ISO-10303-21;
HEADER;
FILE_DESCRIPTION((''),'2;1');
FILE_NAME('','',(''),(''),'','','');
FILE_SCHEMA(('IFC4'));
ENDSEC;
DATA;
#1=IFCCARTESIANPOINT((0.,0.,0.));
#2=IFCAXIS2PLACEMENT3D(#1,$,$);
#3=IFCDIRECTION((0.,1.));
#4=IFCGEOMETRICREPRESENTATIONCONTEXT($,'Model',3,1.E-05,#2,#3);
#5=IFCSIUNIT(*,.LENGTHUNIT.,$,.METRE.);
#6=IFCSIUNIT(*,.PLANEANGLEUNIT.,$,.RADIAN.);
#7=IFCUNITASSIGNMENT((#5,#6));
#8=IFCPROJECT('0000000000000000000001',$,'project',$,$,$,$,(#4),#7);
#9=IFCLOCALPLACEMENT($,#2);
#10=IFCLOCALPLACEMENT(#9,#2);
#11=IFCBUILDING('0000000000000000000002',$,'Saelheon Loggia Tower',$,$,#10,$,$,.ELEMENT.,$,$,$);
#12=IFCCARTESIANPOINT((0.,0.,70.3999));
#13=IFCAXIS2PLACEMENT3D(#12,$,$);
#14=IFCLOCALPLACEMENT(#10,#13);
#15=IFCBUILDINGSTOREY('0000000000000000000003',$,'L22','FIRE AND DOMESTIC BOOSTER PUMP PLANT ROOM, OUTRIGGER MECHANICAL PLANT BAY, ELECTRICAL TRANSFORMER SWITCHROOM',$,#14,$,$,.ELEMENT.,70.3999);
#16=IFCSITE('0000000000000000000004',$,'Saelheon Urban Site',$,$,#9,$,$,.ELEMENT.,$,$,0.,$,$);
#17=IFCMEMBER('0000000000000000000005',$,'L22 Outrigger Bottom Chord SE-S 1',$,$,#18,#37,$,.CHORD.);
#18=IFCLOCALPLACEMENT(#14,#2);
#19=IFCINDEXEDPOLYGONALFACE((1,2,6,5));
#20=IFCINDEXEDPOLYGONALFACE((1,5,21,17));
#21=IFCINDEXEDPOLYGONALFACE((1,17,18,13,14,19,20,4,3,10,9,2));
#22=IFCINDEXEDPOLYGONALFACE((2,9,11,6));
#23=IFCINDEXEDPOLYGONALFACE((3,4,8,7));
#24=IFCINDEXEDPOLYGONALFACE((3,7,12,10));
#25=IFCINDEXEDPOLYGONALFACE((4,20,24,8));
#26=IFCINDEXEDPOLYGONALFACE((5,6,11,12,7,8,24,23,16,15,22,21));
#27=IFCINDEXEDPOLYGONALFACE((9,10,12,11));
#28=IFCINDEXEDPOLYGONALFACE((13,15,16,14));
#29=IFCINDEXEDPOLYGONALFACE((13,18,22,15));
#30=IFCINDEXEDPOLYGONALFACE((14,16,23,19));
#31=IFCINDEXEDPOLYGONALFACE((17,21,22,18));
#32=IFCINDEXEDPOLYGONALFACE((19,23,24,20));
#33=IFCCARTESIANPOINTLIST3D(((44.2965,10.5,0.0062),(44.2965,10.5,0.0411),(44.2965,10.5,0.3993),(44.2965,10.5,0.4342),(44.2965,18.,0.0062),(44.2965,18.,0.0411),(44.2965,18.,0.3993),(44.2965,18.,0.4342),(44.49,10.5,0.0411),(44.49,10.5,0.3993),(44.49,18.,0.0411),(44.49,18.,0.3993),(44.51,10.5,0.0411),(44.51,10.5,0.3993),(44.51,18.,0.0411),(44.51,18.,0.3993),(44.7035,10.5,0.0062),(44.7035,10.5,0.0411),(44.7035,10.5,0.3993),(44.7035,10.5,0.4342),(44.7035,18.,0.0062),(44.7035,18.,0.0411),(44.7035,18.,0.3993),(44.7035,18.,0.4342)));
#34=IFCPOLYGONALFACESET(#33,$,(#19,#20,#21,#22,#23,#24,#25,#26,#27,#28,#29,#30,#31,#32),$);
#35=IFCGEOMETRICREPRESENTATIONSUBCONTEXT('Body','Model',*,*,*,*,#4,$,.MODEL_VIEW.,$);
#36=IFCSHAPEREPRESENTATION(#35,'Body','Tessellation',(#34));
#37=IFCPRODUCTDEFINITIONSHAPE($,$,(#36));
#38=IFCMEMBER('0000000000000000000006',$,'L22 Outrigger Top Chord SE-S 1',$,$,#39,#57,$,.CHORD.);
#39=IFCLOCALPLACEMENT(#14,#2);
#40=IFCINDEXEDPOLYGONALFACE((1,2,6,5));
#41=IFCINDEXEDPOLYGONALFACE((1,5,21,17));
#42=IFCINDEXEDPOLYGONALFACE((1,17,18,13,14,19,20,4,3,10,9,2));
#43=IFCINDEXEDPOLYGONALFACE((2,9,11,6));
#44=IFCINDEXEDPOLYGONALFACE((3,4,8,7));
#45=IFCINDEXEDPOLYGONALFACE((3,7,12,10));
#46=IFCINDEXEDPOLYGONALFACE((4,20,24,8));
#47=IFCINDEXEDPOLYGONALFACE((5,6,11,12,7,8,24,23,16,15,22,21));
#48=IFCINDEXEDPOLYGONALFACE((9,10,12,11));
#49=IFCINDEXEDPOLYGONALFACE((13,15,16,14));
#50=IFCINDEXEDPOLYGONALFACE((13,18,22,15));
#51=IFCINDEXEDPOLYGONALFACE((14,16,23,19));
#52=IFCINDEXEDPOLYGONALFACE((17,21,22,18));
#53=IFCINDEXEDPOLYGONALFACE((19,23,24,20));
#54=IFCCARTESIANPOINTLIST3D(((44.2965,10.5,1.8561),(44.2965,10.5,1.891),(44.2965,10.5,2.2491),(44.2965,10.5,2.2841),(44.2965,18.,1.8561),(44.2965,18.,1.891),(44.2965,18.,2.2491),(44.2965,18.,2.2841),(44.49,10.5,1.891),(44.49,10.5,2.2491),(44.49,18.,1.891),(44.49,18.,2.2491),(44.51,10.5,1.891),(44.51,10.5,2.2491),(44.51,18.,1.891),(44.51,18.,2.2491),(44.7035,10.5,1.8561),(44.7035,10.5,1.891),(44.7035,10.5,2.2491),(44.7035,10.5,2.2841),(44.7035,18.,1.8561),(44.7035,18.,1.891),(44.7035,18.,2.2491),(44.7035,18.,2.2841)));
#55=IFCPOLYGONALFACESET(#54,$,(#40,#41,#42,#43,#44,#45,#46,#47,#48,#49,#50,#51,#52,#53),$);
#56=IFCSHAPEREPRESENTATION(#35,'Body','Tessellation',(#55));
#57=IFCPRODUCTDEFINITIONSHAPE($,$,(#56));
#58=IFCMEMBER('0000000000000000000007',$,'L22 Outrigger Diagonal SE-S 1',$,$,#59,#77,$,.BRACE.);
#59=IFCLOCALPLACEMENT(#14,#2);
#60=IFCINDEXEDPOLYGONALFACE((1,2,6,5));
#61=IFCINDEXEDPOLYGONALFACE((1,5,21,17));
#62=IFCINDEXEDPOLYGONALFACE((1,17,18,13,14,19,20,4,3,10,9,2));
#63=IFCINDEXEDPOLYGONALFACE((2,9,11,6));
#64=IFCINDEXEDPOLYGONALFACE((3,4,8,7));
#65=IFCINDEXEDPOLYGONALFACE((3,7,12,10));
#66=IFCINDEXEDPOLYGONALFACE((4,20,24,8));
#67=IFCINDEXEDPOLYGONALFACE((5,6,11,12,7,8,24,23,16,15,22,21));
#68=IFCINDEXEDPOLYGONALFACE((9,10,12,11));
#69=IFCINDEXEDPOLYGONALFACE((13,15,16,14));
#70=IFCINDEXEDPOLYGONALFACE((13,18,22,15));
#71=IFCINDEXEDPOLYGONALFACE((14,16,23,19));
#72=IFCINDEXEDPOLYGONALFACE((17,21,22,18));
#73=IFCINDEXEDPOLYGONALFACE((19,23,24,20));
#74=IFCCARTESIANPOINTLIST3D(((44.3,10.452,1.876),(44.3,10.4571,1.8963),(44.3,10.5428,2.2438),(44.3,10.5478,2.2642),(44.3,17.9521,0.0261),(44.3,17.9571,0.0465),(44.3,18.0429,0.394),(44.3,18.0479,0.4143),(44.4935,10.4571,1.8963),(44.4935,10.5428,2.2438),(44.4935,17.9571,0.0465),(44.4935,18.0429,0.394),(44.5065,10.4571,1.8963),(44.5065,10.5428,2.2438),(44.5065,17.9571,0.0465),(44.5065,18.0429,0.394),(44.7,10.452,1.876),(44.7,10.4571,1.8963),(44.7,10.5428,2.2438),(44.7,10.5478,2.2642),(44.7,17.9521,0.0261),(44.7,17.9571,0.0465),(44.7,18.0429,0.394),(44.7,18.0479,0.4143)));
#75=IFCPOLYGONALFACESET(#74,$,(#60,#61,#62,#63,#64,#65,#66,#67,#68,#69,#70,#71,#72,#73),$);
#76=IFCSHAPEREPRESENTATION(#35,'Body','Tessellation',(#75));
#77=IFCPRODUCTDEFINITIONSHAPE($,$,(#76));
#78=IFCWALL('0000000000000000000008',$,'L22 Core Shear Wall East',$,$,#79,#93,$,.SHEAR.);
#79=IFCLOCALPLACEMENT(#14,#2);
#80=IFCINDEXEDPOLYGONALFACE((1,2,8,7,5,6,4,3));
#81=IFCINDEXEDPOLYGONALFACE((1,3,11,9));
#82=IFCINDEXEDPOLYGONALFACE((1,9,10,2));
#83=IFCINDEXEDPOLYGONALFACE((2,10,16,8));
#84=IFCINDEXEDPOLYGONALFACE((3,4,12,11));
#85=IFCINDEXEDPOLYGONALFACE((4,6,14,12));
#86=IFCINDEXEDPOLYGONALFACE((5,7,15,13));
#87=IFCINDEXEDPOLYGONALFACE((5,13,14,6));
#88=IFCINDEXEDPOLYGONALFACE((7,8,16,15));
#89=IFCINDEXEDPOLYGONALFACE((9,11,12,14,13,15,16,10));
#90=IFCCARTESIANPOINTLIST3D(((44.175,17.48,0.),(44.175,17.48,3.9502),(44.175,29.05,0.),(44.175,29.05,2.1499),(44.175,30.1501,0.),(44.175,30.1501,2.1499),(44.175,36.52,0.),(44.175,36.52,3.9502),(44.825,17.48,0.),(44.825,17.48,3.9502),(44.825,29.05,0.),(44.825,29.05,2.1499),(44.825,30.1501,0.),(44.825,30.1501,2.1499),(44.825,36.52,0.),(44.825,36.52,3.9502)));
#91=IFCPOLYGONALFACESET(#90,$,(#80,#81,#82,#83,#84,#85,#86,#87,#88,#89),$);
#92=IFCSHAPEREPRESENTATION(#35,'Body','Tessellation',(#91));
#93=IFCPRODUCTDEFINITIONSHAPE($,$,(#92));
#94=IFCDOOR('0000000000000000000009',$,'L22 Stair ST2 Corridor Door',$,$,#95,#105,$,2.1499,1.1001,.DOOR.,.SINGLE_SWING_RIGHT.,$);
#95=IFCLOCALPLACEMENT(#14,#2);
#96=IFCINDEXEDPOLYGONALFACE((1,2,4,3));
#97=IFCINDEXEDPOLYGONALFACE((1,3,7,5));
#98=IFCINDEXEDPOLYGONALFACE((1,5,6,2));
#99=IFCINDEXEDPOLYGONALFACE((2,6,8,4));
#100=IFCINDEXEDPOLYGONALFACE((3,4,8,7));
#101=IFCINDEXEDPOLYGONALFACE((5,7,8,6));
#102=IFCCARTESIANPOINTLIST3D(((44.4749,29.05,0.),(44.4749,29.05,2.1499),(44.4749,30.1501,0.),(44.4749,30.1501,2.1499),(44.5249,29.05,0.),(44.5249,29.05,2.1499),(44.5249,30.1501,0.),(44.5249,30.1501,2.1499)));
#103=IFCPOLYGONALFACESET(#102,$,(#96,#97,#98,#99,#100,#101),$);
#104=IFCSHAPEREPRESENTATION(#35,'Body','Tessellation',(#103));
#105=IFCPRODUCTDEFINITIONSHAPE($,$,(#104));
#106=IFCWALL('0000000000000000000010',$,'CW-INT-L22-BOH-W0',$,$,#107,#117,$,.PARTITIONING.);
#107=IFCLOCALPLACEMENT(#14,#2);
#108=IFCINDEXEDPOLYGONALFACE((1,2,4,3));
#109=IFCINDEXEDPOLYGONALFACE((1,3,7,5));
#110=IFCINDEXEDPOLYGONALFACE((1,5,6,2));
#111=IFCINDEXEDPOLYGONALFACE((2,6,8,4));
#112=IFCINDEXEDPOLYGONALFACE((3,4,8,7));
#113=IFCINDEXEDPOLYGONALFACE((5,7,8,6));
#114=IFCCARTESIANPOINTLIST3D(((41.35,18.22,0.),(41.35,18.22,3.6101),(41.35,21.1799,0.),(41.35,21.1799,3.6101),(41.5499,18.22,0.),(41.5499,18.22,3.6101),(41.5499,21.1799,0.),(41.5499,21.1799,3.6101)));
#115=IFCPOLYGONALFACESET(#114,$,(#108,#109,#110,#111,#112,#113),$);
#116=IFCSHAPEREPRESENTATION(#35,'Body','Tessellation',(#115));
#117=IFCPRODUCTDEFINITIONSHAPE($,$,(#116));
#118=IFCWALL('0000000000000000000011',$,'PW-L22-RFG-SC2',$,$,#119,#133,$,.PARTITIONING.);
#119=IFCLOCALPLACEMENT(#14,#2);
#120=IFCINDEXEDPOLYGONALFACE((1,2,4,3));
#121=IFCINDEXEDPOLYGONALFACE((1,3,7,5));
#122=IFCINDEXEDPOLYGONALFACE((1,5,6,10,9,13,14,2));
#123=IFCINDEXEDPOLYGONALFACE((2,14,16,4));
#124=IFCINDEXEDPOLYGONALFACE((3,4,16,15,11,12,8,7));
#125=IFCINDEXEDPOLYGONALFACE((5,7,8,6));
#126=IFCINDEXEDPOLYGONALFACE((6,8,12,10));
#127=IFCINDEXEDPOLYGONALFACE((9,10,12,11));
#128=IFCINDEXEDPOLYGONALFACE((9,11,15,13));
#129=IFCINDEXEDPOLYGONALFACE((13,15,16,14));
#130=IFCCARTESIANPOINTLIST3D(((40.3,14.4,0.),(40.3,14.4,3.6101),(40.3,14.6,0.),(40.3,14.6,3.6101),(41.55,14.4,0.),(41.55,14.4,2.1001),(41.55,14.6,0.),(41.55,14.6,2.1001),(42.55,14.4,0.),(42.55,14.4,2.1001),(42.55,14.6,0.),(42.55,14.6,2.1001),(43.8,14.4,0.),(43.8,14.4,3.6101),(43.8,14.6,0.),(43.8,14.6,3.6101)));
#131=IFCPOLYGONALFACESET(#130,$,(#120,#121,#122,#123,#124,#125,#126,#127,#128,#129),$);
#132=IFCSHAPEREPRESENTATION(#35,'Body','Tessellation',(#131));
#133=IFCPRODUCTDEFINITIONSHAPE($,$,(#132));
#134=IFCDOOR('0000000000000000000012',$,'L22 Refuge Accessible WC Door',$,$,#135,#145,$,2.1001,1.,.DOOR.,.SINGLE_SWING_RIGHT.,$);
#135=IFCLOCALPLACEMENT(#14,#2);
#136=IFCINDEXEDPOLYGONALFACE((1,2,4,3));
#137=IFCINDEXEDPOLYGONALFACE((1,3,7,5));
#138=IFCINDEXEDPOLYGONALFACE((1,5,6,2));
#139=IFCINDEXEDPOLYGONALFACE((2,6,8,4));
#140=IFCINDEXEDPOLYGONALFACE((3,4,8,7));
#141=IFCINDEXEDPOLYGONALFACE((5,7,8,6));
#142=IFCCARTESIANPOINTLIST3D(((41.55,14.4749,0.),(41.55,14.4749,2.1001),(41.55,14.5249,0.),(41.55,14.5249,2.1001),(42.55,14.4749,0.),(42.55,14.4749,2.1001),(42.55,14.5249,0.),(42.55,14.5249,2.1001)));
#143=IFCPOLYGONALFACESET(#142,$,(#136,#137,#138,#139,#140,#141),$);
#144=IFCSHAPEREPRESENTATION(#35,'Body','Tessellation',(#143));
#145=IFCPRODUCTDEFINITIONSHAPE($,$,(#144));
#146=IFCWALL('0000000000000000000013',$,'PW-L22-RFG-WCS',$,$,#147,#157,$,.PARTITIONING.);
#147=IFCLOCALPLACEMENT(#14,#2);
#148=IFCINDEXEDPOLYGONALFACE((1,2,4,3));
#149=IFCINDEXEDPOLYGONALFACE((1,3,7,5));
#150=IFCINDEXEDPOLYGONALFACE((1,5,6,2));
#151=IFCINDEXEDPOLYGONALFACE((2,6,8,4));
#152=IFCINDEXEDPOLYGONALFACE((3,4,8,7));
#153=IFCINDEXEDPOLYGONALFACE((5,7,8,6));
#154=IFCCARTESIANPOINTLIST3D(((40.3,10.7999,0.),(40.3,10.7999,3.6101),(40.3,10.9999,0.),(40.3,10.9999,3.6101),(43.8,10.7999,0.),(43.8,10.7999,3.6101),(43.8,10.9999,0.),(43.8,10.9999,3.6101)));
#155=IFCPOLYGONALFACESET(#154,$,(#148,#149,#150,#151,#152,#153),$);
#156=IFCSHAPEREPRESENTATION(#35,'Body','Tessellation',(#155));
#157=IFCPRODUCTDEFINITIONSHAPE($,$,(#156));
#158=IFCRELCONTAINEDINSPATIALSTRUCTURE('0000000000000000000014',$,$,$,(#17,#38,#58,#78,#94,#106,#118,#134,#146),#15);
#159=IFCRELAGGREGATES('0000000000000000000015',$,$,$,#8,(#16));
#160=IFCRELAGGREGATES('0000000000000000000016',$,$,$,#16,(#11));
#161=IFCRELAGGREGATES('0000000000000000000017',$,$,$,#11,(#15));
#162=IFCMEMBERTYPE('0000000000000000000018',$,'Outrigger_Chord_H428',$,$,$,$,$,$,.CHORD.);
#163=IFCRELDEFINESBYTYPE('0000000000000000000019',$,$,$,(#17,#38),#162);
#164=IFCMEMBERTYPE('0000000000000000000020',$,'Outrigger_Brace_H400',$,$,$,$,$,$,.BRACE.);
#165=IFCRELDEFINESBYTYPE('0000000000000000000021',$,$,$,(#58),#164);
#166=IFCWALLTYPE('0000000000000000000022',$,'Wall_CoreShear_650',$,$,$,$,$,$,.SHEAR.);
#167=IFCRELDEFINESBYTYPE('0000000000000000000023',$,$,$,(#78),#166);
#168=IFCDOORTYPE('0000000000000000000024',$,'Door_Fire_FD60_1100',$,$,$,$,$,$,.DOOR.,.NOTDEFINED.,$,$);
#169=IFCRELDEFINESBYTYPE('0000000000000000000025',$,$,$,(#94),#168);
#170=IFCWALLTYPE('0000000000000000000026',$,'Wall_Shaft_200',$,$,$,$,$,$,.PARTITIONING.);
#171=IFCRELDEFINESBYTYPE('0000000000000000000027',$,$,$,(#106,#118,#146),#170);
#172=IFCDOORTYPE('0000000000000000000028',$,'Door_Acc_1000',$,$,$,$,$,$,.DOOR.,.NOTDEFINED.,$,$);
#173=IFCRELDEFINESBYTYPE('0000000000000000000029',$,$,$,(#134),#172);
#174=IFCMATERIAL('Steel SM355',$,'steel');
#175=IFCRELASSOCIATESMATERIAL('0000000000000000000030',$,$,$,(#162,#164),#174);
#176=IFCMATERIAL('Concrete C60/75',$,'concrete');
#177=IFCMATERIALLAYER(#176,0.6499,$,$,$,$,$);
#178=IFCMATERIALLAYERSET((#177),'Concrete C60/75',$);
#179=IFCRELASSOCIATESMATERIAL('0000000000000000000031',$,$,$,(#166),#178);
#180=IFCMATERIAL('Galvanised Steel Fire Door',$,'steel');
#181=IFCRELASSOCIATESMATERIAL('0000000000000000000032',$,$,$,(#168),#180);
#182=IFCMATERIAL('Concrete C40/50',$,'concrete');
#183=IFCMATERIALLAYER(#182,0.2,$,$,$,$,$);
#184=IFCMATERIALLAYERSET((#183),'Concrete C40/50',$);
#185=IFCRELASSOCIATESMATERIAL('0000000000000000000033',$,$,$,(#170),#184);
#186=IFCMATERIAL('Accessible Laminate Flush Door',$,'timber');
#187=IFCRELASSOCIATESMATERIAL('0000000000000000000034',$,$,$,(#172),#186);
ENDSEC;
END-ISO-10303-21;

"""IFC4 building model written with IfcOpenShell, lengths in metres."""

from ifc_helpers import new_model, si_unit, direction, frame, frame_2d, origin, origin_2d, place, context, subcontext, project, spatial, rectangle, i_section, extrude, source, transform, mapped, material, layer, layer_set, material_profile, profile_set, type_object, element, fill, save


model = new_model("IFC4")

# Units and contexts
model_context = context("Model", 3, precision=1e-05, world=origin(), true_north=direction((0.0, 1.0)))
body_context = subcontext(model_context, "Body", "Model", "MODEL_VIEW")
ifc_project = project(units=[si_unit("LENGTHUNIT", "METRE"), si_unit("PLANEANGLEUNIT", "RADIAN")], contexts=[model_context])

# Site, building, storey
site_placement = place(None, origin())
site = spatial("IfcSite", under=ifc_project, at=site_placement, Name="Saelheon Urban Site", CompositionType="ELEMENT", RefElevation=0.0)
building_placement = place(site_placement, origin())
building = spatial("IfcBuilding", under=site, at=building_placement, Name="Saelheon Loggia Tower", CompositionType="ELEMENT")
storey_placement = place(building_placement, frame((0.0, 0.0, 70.3999)))
storey = spatial("IfcBuildingStorey", under=building, at=storey_placement, Name="L22", Description="FIRE AND DOMESTIC BOOSTER PUMP PLANT ROOM, OUTRIGGER MECHANICAL PLANT BAY, ELECTRICAL TRANSFORMER SWITCHROOM", CompositionType="ELEMENT", Elevation=70.3999)

# Members
ifc_material_1 = material(Name="Steel SM355", Category="steel")
ifc_material_profile_1 = material_profile(ifc_material_1, i_section(OverallWidth=0.407, OverallDepth=0.428, WebThickness=0.02, FlangeThickness=0.0349, at=origin_2d()), Name="H-428x407x20x35")
ifc_profile_set_1 = profile_set([ifc_material_profile_1], Name="Steel SM355")
member_type_1 = type_object("IfcMemberType", Name="Outrigger_Chord_H428", PredefinedType="CHORD", material=ifc_profile_set_1)
shared_shape_1 = source(origin(), body_context, "Body", "SweptSolid", [
    extrude(i_section(OverallWidth=0.407, OverallDepth=0.428, WebThickness=0.02, FlangeThickness=0.0349, at=origin_2d()), origin(), (0.0, 0.0, 1.0), 7.5),
])
for number, where, z_axis, x_axis, name in (
    (1, (44.5, 18.0, 0.2202), (0.0, -1.0, 0.0), (1.0, 0.0, 0.0), "L22 Outrigger Bottom Chord SE-S 1"),
    (2, (44.5, 18.0, 2.0701), (0.0, -1.0, 0.0), (1.0, 0.0, 0.0), "L22 Outrigger Top Chord SE-S 1"),
):
    element("IfcMember", number, at=place(storey_placement, frame(where, z_axis=z_axis, x_axis=x_axis)), inside=storey, type_object=member_type_1, Name=name, PredefinedType="CHORD", context=body_context, shape_type="MappedRepresentation", body=[
        mapped(shared_shape_1, transform((0.0, 0.0, 0.0), scale=1.0)),
    ])
ifc_material_profile_2 = material_profile(ifc_material_1, i_section(OverallWidth=0.3999, OverallDepth=0.3999, WebThickness=0.0129, FlangeThickness=0.021, at=origin_2d()), Name="H-400x400x13x21")
ifc_profile_set_2 = profile_set([ifc_material_profile_2], Name="Steel SM355")
member_type_2 = type_object("IfcMemberType", Name="Outrigger_Brace_H400", PredefinedType="BRACE", material=ifc_profile_set_2)
shared_shape_2 = source(origin(), body_context, "Body", "SweptSolid", [
    extrude(i_section(OverallWidth=0.3999, OverallDepth=0.3999, WebThickness=0.0129, FlangeThickness=0.021, at=origin_2d()), origin(), (0.0, 0.0, 1.0), 7.7249),
])
member_placement = place(storey_placement, frame((44.5, 18.0, 0.2202), z_axis=(0.0, -0.970904, 0.239471), x_axis=(1.0, 0.0, 0.0)))
element("IfcMember", 3, at=member_placement, inside=storey, type_object=member_type_2, Name="L22 Outrigger Diagonal SE-S 1", PredefinedType="BRACE", context=body_context, shape_type="MappedRepresentation", body=[
    mapped(shared_shape_2, transform((0.0, 0.0, 0.0), scale=1.0)),
])

# Wall, opening, door
ifc_material_2 = material(Name="Concrete C60/75", Category="concrete")
ifc_layer_1 = layer(ifc_material_2, 0.6499)
ifc_layer_set_1 = layer_set([ifc_layer_1], Name="Concrete C60/75")
wall_type_1 = type_object("IfcWallType", Name="Wall_CoreShear_650", PredefinedType="SHEAR", material=ifc_layer_set_1)
wall_1_placement = place(storey_placement, frame((44.5, 17.48, 0.0), z_axis=(0.0, 0.0, 1.0), x_axis=(0.0, 1.0, 0.0)))
wall_1 = element("IfcWall", 4, at=wall_1_placement, inside=storey, type_object=wall_type_1, Name="L22 Core Shear Wall East", PredefinedType="SHEAR", context=body_context, shape_type="SweptSolid", body=[
    extrude(rectangle(XDim=19.04, YDim=0.6499, at=frame_2d((9.52, 0.0))), origin(), (0.0, 0.0, 1.0), 3.9502),
])
opening_1_placement = place(wall_1_placement, frame((12.6702, 0.0, 0.0), z_axis=(0.0, 0.0, 1.0), x_axis=(-1.0, 0.0, 0.0)))
opening_1 = element("IfcOpeningElement", 5, at=opening_1_placement, cuts=wall_1, PredefinedType="OPENING", context=body_context, shape_type="SweptSolid", body=[
    extrude(rectangle(XDim=1.1001, YDim=2.1499, at=frame_2d((0.55, 1.075))), frame((0.0, 0.3369, 0.0), z_axis=(0.0, -1.0, 0.0), x_axis=(1.0, 0.0, 0.0)), (0.0, 0.0, 1.0), 0.6738),
])
ifc_material_3 = material(Name="Galvanised Steel Fire Door", Category="steel")
door_type_1 = type_object("IfcDoorType", Name="Door_Fire_FD60_1100", OperationType="NOTDEFINED", PredefinedType="DOOR", material=ifc_material_3)
shared_shape_3 = source(origin(), body_context, "Body", "SweptSolid", [
    extrude(rectangle(XDim=1.1001, YDim=2.1499, at=frame_2d((0.55, 1.075))), frame((0.0, 0.0249, 0.0), z_axis=(0.0, -1.0, 0.0), x_axis=(1.0, 0.0, 0.0)), (0.0, 0.0, 1.0), 0.05),
])
door_1_placement = place(opening_1_placement, origin())
door_1 = element("IfcDoor", 6, at=door_1_placement, inside=storey, type_object=door_type_1, Name="L22 Stair ST2 Corridor Door", OperationType="SINGLE_SWING_RIGHT", OverallHeight=2.1499, OverallWidth=1.1001, PredefinedType="DOOR", context=body_context, shape_type="MappedRepresentation", body=[
    mapped(shared_shape_3, transform((0.0, 0.0, 0.0), scale=1.0)),
])
fill(opening_1, door_1)

# Wall
ifc_material_4 = material(Name="Concrete C40/50", Category="concrete")
ifc_layer_2 = layer(ifc_material_4, 0.2)
ifc_layer_set_2 = layer_set([ifc_layer_2], Name="Concrete C40/50")
wall_type_2 = type_object("IfcWallType", Name="Wall_Shaft_200", PredefinedType="PARTITIONING", material=ifc_layer_set_2)
wall_2_placement = place(storey_placement, frame((41.45, 18.22, 0.0), z_axis=(0.0, 0.0, 1.0), x_axis=(0.0, 1.0, 0.0)))
element("IfcWall", 7, at=wall_2_placement, inside=storey, type_object=wall_type_2, Name="CW-INT-L22-BOH-W0", PredefinedType="PARTITIONING", context=body_context, shape_type="SweptSolid", body=[
    extrude(rectangle(XDim=2.96, YDim=0.2, at=frame_2d((1.48, 0.0))), origin(), (0.0, 0.0, 1.0), 3.6101),
])

# Wall, opening, door
wall_3_placement = place(storey_placement, frame((40.3, 14.5, 0.0), z_axis=(0.0, 0.0, 1.0), x_axis=(1.0, 0.0, 0.0)))
wall_3 = element("IfcWall", 8, at=wall_3_placement, inside=storey, type_object=wall_type_2, Name="PW-L22-RFG-SC2", PredefinedType="PARTITIONING", context=body_context, shape_type="SweptSolid", body=[
    extrude(rectangle(XDim=3.5, YDim=0.2, at=frame_2d((1.75, 0.0))), origin(), (0.0, 0.0, 1.0), 3.6101),
])
opening_2_placement = place(wall_3_placement, frame((1.25, 0.0, 0.0)))
opening_2 = element("IfcOpeningElement", 9, at=opening_2_placement, cuts=wall_3, PredefinedType="OPENING", context=body_context, shape_type="SweptSolid", body=[
    extrude(rectangle(XDim=1.0, YDim=2.1001, at=frame_2d((0.5, 1.05))), frame((0.0, 0.1121, 0.0), z_axis=(0.0, -1.0, 0.0), x_axis=(1.0, 0.0, 0.0)), (0.0, 0.0, 1.0), 0.2239),
])
ifc_material_5 = material(Name="Accessible Laminate Flush Door", Category="timber")
door_type_2 = type_object("IfcDoorType", Name="Door_Acc_1000", OperationType="NOTDEFINED", PredefinedType="DOOR", material=ifc_material_5)
shared_shape_4 = source(origin(), body_context, "Body", "SweptSolid", [
    extrude(rectangle(XDim=1.0, YDim=2.1001, at=frame_2d((0.5, 1.05))), frame((0.0, 0.0249, 0.0), z_axis=(0.0, -1.0, 0.0), x_axis=(1.0, 0.0, 0.0)), (0.0, 0.0, 1.0), 0.05),
])
door_2_placement = place(opening_2_placement, origin())
door_2 = element("IfcDoor", 10, at=door_2_placement, inside=storey, type_object=door_type_2, Name="L22 Refuge Accessible WC Door", OperationType="SINGLE_SWING_RIGHT", OverallHeight=2.1001, OverallWidth=1.0, PredefinedType="DOOR", context=body_context, shape_type="MappedRepresentation", body=[
    mapped(shared_shape_4, transform((0.0, 0.0, 0.0), scale=1.0)),
])
fill(opening_2, door_2)

# Wall
wall_4_placement = place(storey_placement, frame((40.3, 10.8999, 0.0), z_axis=(0.0, 0.0, 1.0), x_axis=(1.0, 0.0, 0.0)))
element("IfcWall", 11, at=wall_4_placement, inside=storey, type_object=wall_type_2, Name="PW-L22-RFG-WCS", PredefinedType="PARTITIONING", context=body_context, shape_type="SweptSolid", body=[
    extrude(rectangle(XDim=3.5, YDim=0.2, at=frame_2d((1.75, 0.0))), origin(), (0.0, 0.0, 1.0), 3.6101),
])

save(model, "model.ifc")
